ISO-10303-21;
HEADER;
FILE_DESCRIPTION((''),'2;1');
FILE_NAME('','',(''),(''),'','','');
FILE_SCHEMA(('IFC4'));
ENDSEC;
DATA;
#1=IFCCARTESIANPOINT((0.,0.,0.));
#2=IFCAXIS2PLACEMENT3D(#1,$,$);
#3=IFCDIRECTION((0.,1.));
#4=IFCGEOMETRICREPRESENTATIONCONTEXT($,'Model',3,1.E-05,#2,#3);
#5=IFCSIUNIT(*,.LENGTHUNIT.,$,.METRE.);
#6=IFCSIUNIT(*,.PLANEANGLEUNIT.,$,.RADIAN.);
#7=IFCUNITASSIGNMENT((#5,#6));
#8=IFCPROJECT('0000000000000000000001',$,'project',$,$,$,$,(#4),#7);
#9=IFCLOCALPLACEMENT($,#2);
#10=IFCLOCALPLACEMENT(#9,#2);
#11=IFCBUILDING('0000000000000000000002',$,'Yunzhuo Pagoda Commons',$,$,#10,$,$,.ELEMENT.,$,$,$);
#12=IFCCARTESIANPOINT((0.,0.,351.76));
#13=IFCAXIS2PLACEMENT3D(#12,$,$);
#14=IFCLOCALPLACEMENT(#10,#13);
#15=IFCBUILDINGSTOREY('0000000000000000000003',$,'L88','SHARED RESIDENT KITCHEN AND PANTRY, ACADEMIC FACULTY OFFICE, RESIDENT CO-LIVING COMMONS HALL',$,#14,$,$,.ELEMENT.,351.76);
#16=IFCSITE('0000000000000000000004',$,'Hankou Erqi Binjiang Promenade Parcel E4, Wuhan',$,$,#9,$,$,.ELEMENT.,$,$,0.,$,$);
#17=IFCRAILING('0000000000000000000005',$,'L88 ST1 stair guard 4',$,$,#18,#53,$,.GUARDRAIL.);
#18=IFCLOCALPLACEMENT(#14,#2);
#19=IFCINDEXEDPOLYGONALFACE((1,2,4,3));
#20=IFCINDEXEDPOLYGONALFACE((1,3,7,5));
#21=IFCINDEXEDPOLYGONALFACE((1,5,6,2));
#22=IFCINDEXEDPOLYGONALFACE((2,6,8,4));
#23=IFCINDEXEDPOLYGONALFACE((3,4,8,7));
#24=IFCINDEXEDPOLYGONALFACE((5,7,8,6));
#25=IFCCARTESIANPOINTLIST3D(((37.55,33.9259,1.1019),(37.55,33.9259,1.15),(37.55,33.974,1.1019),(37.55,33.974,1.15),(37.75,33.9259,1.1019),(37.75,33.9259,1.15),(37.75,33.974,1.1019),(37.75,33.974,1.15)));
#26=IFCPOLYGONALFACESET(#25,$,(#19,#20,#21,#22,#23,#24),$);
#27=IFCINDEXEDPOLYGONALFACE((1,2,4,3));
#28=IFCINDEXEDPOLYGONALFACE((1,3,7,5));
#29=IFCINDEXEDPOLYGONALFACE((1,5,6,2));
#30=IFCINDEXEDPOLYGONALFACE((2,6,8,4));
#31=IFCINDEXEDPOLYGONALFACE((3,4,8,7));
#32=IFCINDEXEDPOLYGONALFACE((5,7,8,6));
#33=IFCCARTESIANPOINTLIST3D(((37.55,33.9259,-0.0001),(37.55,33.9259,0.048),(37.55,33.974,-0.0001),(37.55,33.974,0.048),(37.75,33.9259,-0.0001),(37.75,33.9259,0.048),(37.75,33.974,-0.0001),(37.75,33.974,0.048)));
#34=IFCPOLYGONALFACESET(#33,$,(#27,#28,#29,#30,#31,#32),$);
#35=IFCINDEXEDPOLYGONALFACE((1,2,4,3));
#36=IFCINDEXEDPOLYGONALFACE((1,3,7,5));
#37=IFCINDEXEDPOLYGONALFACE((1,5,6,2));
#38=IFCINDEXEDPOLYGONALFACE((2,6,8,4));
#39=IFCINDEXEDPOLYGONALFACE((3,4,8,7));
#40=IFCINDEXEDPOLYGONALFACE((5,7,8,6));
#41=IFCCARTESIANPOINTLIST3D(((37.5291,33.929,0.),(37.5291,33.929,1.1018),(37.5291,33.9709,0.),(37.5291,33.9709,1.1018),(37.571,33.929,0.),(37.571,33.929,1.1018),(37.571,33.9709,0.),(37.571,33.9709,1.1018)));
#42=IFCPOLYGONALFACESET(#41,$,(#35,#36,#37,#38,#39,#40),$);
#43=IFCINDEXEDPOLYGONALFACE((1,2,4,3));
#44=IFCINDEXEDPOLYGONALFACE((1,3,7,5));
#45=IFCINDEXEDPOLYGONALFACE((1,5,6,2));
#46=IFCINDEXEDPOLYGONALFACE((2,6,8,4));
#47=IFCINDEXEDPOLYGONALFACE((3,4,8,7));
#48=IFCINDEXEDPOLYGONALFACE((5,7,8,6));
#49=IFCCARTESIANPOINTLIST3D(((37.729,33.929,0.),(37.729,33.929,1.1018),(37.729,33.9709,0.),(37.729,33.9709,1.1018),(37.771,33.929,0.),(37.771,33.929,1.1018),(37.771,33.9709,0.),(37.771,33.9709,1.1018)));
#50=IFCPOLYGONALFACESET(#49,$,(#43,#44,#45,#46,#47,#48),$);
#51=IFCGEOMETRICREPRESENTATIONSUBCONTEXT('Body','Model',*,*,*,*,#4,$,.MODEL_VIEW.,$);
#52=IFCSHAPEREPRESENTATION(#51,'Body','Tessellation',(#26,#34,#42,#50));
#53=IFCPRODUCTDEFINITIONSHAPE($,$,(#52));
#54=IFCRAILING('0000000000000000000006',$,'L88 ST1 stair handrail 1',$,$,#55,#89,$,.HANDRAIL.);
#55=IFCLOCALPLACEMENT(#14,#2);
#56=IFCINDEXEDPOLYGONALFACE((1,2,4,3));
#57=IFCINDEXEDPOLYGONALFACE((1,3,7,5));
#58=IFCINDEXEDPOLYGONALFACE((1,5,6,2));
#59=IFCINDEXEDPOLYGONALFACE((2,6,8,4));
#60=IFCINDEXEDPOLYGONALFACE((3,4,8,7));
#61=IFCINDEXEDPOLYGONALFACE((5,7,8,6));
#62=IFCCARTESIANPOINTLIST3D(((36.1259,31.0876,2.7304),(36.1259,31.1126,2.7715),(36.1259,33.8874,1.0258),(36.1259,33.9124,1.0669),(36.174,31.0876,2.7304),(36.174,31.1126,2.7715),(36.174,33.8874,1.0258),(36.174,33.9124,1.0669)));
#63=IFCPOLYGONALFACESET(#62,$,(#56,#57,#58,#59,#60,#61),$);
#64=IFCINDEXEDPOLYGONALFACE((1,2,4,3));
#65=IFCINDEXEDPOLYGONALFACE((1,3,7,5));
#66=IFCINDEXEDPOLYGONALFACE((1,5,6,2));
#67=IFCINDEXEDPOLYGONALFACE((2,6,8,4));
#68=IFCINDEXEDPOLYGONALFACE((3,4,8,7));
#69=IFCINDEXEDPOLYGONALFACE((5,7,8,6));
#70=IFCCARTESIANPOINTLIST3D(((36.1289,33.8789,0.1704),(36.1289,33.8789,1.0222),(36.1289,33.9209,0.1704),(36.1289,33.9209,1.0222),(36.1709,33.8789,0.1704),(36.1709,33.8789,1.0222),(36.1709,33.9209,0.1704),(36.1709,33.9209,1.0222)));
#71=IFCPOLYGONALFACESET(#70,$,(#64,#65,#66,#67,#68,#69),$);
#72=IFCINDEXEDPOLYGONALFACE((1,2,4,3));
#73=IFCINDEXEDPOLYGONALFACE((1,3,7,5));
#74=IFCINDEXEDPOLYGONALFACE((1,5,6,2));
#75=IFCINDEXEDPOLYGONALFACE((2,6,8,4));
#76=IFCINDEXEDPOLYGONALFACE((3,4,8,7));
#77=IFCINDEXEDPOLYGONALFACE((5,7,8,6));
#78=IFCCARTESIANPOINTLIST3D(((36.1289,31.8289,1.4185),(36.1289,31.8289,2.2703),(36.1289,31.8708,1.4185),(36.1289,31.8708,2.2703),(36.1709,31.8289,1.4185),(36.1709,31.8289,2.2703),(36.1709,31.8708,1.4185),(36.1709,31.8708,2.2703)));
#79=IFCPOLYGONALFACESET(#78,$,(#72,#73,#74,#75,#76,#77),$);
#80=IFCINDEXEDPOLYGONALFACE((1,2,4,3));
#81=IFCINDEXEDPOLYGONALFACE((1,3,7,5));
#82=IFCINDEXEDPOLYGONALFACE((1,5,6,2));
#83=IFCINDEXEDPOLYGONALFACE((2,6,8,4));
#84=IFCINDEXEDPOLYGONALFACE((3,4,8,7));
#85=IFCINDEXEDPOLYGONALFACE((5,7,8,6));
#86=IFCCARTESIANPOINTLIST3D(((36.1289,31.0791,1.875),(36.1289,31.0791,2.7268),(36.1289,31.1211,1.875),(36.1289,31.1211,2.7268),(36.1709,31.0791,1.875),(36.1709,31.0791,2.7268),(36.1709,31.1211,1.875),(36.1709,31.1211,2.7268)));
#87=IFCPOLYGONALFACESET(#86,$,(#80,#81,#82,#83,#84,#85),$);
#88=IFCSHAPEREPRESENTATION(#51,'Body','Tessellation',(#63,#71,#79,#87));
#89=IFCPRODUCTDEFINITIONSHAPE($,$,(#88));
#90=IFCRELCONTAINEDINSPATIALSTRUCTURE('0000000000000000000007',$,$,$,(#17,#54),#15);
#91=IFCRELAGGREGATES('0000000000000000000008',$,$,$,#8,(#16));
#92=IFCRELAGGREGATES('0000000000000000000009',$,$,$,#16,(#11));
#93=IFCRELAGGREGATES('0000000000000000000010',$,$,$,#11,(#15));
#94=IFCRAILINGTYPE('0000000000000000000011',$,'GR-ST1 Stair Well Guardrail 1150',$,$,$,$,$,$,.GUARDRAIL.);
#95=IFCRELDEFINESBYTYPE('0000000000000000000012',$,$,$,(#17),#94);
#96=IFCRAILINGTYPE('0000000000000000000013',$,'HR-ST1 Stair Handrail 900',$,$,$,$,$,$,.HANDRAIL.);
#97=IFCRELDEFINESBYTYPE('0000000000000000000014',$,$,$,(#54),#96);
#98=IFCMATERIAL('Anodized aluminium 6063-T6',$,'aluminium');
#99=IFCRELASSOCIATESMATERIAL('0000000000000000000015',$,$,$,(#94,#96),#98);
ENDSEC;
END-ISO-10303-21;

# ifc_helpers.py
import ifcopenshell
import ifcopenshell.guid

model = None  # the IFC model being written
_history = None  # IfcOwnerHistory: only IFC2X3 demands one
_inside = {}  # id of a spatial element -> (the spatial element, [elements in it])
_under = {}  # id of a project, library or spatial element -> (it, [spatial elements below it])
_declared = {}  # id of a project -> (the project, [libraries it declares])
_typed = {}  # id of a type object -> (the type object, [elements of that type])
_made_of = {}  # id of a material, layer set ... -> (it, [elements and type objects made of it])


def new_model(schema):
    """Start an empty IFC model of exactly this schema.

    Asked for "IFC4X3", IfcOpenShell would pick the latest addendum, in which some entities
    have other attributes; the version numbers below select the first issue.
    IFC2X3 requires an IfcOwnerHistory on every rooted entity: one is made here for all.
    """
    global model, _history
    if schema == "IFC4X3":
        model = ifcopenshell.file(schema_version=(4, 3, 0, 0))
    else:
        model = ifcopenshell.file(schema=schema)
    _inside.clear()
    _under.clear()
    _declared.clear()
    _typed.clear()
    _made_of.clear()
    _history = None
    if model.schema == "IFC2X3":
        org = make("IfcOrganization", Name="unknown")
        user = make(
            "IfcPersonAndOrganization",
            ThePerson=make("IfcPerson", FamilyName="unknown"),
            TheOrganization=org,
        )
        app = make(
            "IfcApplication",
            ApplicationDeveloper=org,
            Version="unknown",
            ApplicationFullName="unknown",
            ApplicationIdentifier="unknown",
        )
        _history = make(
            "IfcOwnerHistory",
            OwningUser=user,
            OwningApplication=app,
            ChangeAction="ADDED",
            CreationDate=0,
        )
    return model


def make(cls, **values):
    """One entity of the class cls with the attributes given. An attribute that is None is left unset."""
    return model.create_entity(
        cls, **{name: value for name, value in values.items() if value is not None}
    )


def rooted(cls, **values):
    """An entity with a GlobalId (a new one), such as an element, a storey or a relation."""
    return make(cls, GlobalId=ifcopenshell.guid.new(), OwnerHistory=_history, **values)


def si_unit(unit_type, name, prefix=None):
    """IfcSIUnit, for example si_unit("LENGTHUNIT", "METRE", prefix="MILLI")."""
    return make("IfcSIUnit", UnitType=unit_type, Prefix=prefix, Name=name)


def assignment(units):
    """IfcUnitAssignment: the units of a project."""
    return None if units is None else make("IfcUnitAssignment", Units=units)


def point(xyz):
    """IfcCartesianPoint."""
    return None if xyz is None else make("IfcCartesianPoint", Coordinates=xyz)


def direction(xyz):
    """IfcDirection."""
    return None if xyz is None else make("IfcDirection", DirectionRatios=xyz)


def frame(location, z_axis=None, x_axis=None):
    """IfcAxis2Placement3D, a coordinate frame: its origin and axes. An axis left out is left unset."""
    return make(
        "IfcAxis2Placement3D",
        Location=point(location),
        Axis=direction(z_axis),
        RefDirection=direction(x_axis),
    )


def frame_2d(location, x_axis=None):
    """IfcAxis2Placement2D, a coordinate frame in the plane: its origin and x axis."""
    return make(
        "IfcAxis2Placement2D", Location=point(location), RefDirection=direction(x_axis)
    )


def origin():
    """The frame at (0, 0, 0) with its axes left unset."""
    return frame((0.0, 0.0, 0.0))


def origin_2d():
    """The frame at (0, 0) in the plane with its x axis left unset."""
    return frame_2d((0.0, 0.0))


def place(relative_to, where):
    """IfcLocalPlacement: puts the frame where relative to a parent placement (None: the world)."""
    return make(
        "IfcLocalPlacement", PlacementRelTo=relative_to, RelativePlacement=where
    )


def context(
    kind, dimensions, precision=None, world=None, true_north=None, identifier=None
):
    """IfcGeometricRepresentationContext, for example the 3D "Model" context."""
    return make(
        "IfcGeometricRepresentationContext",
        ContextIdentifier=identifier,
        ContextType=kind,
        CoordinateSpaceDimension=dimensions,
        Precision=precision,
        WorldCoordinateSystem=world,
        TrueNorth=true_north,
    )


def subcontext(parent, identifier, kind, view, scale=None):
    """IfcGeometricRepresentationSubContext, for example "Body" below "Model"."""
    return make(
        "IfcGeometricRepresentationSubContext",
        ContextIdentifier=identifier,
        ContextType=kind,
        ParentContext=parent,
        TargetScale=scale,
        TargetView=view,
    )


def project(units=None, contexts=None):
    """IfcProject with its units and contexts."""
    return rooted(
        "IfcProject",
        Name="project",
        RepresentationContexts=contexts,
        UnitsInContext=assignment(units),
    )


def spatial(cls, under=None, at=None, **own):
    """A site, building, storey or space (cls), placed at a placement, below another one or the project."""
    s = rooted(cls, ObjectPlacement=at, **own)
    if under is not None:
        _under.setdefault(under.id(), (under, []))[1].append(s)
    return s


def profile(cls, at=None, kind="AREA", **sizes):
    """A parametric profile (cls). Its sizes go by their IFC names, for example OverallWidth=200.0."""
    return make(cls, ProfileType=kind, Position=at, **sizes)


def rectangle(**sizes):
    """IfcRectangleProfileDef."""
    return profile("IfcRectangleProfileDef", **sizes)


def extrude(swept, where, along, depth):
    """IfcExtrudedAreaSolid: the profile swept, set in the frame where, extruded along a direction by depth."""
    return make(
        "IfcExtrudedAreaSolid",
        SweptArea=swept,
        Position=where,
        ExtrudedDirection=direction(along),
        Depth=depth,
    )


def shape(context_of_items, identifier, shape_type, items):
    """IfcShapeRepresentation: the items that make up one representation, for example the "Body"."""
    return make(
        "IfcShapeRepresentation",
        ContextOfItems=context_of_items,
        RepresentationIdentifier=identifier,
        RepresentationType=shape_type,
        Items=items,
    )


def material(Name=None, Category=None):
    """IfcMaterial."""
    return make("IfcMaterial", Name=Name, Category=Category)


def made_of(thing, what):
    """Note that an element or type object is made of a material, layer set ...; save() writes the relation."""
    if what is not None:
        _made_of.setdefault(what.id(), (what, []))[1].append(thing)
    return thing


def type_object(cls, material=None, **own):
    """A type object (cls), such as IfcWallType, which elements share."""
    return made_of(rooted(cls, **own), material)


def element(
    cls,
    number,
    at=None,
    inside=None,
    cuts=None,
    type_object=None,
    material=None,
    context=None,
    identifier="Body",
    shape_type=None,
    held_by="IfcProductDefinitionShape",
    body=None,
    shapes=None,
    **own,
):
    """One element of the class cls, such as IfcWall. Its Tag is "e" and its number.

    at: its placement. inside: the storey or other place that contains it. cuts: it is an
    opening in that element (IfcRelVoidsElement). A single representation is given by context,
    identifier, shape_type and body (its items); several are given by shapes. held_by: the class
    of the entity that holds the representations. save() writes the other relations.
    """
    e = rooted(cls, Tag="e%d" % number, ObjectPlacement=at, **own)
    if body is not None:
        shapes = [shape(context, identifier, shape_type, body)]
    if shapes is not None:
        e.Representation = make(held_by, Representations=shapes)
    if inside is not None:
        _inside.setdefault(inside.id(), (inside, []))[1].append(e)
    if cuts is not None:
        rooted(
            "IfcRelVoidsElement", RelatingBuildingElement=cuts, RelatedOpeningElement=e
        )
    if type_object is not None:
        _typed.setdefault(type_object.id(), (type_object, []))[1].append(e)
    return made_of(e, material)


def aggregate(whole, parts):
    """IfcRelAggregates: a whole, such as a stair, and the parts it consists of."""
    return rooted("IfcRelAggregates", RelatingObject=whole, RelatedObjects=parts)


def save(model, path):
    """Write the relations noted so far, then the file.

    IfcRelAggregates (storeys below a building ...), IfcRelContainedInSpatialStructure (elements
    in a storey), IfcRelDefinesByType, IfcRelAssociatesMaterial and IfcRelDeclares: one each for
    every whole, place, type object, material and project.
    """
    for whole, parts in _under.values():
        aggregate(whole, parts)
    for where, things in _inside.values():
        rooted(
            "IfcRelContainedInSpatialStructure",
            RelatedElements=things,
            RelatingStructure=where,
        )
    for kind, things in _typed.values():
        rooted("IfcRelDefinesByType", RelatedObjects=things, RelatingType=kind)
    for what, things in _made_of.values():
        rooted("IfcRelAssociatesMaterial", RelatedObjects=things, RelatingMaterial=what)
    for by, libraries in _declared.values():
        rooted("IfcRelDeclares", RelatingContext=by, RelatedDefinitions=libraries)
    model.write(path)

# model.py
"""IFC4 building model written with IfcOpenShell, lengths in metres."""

from ifc_helpers import new_model, si_unit, direction, frame, origin, origin_2d, place, context, subcontext, project, spatial, rectangle, extrude, material, type_object, element, save


model = new_model("IFC4")

# Units and contexts
model_context = context("Model", 3, precision=1e-05, world=origin(), true_north=direction((0.0, 1.0)))
body_context = subcontext(model_context, "Body", "Model", "MODEL_VIEW")
ifc_project = project(units=[si_unit("LENGTHUNIT", "METRE"), si_unit("PLANEANGLEUNIT", "RADIAN")], contexts=[model_context])

# Site, building, storey
site_placement = place(None, origin())
site = spatial("IfcSite", under=ifc_project, at=site_placement, Name="Hankou Erqi Binjiang Promenade Parcel E4, Wuhan", CompositionType="ELEMENT", RefElevation=0.0)
building_placement = place(site_placement, origin())
building = spatial("IfcBuilding", under=site, at=building_placement, Name="Yunzhuo Pagoda Commons", CompositionType="ELEMENT")
storey_placement = place(building_placement, frame((0.0, 0.0, 351.76)))
storey = spatial("IfcBuildingStorey", under=building, at=storey_placement, Name="L88", Description="SHARED RESIDENT KITCHEN AND PANTRY, ACADEMIC FACULTY OFFICE, RESIDENT CO-LIVING COMMONS HALL", CompositionType="ELEMENT", Elevation=351.76)

# Railings
ifc_material_1 = material(Name="Anodized aluminium 6063-T6", Category="aluminium")
railing_type_1 = type_object("IfcRailingType", Name="GR-ST1 Stair Well Guardrail 1150", PredefinedType="GUARDRAIL", material=ifc_material_1)
railing_1_placement = place(storey_placement, frame((37.55, 33.95, 0.0)))
element("IfcRailing", 1, at=railing_1_placement, inside=storey, type_object=railing_type_1, Name="L88 ST1 stair guard 4", PredefinedType="GUARDRAIL", context=body_context, shape_type="SweptSolid", body=[
    extrude(rectangle(XDim=0.0481, YDim=0.0481, at=origin_2d()), frame((0.0, 0.0, 1.126), z_axis=(1.0, 0.0, 0.0), x_axis=(0.0, 1.0, 0.0)), (0.0, 0.0, 1.0), 0.2),
    extrude(rectangle(XDim=0.0481, YDim=0.0481, at=origin_2d()), frame((0.0, 0.0, 0.0239), z_axis=(1.0, 0.0, 0.0), x_axis=(0.0, 1.0, 0.0)), (0.0, 0.0, 1.0), 0.2),
    extrude(rectangle(XDim=0.042, YDim=0.042, at=origin_2d()), origin(), (0.0, 0.0, 1.0), 1.1018),
    extrude(rectangle(XDim=0.042, YDim=0.042, at=origin_2d()), frame((0.2, 0.0, 0.0)), (0.0, 0.0, 1.0), 1.1018),
])
railing_type_2 = type_object("IfcRailingType", Name="HR-ST1 Stair Handrail 900", PredefinedType="HANDRAIL", material=ifc_material_1)
railing_2_placement = place(storey_placement, frame((36.1499, 33.8999, 0.1704)))
element("IfcRailing", 2, at=railing_2_placement, inside=storey, type_object=railing_type_2, Name="L88 ST1 stair handrail 1", PredefinedType="HANDRAIL", context=body_context, shape_type="SweptSolid", body=[
    extrude(rectangle(XDim=0.0481, YDim=0.0481, at=origin_2d()), frame((0.0, 0.0, 0.876), z_axis=(0.0, -0.85415, 0.520027), x_axis=(1.0, 0.0, 0.0)), (0.0, 0.0, 1.0), 3.2778),
    extrude(rectangle(XDim=0.042, YDim=0.042, at=origin_2d()), origin(), (0.0, 0.0, 1.0), 0.8518),
    extrude(rectangle(XDim=0.042, YDim=0.042, at=origin_2d()), frame((0.0, -2.05, 1.248)), (0.0, 0.0, 1.0), 0.8518),
    extrude(rectangle(XDim=0.042, YDim=0.042, at=origin_2d()), frame((0.0, -2.7998, 1.7046)), (0.0, 0.0, 1.0), 0.8518),
])

save(model, "model.ifc")
